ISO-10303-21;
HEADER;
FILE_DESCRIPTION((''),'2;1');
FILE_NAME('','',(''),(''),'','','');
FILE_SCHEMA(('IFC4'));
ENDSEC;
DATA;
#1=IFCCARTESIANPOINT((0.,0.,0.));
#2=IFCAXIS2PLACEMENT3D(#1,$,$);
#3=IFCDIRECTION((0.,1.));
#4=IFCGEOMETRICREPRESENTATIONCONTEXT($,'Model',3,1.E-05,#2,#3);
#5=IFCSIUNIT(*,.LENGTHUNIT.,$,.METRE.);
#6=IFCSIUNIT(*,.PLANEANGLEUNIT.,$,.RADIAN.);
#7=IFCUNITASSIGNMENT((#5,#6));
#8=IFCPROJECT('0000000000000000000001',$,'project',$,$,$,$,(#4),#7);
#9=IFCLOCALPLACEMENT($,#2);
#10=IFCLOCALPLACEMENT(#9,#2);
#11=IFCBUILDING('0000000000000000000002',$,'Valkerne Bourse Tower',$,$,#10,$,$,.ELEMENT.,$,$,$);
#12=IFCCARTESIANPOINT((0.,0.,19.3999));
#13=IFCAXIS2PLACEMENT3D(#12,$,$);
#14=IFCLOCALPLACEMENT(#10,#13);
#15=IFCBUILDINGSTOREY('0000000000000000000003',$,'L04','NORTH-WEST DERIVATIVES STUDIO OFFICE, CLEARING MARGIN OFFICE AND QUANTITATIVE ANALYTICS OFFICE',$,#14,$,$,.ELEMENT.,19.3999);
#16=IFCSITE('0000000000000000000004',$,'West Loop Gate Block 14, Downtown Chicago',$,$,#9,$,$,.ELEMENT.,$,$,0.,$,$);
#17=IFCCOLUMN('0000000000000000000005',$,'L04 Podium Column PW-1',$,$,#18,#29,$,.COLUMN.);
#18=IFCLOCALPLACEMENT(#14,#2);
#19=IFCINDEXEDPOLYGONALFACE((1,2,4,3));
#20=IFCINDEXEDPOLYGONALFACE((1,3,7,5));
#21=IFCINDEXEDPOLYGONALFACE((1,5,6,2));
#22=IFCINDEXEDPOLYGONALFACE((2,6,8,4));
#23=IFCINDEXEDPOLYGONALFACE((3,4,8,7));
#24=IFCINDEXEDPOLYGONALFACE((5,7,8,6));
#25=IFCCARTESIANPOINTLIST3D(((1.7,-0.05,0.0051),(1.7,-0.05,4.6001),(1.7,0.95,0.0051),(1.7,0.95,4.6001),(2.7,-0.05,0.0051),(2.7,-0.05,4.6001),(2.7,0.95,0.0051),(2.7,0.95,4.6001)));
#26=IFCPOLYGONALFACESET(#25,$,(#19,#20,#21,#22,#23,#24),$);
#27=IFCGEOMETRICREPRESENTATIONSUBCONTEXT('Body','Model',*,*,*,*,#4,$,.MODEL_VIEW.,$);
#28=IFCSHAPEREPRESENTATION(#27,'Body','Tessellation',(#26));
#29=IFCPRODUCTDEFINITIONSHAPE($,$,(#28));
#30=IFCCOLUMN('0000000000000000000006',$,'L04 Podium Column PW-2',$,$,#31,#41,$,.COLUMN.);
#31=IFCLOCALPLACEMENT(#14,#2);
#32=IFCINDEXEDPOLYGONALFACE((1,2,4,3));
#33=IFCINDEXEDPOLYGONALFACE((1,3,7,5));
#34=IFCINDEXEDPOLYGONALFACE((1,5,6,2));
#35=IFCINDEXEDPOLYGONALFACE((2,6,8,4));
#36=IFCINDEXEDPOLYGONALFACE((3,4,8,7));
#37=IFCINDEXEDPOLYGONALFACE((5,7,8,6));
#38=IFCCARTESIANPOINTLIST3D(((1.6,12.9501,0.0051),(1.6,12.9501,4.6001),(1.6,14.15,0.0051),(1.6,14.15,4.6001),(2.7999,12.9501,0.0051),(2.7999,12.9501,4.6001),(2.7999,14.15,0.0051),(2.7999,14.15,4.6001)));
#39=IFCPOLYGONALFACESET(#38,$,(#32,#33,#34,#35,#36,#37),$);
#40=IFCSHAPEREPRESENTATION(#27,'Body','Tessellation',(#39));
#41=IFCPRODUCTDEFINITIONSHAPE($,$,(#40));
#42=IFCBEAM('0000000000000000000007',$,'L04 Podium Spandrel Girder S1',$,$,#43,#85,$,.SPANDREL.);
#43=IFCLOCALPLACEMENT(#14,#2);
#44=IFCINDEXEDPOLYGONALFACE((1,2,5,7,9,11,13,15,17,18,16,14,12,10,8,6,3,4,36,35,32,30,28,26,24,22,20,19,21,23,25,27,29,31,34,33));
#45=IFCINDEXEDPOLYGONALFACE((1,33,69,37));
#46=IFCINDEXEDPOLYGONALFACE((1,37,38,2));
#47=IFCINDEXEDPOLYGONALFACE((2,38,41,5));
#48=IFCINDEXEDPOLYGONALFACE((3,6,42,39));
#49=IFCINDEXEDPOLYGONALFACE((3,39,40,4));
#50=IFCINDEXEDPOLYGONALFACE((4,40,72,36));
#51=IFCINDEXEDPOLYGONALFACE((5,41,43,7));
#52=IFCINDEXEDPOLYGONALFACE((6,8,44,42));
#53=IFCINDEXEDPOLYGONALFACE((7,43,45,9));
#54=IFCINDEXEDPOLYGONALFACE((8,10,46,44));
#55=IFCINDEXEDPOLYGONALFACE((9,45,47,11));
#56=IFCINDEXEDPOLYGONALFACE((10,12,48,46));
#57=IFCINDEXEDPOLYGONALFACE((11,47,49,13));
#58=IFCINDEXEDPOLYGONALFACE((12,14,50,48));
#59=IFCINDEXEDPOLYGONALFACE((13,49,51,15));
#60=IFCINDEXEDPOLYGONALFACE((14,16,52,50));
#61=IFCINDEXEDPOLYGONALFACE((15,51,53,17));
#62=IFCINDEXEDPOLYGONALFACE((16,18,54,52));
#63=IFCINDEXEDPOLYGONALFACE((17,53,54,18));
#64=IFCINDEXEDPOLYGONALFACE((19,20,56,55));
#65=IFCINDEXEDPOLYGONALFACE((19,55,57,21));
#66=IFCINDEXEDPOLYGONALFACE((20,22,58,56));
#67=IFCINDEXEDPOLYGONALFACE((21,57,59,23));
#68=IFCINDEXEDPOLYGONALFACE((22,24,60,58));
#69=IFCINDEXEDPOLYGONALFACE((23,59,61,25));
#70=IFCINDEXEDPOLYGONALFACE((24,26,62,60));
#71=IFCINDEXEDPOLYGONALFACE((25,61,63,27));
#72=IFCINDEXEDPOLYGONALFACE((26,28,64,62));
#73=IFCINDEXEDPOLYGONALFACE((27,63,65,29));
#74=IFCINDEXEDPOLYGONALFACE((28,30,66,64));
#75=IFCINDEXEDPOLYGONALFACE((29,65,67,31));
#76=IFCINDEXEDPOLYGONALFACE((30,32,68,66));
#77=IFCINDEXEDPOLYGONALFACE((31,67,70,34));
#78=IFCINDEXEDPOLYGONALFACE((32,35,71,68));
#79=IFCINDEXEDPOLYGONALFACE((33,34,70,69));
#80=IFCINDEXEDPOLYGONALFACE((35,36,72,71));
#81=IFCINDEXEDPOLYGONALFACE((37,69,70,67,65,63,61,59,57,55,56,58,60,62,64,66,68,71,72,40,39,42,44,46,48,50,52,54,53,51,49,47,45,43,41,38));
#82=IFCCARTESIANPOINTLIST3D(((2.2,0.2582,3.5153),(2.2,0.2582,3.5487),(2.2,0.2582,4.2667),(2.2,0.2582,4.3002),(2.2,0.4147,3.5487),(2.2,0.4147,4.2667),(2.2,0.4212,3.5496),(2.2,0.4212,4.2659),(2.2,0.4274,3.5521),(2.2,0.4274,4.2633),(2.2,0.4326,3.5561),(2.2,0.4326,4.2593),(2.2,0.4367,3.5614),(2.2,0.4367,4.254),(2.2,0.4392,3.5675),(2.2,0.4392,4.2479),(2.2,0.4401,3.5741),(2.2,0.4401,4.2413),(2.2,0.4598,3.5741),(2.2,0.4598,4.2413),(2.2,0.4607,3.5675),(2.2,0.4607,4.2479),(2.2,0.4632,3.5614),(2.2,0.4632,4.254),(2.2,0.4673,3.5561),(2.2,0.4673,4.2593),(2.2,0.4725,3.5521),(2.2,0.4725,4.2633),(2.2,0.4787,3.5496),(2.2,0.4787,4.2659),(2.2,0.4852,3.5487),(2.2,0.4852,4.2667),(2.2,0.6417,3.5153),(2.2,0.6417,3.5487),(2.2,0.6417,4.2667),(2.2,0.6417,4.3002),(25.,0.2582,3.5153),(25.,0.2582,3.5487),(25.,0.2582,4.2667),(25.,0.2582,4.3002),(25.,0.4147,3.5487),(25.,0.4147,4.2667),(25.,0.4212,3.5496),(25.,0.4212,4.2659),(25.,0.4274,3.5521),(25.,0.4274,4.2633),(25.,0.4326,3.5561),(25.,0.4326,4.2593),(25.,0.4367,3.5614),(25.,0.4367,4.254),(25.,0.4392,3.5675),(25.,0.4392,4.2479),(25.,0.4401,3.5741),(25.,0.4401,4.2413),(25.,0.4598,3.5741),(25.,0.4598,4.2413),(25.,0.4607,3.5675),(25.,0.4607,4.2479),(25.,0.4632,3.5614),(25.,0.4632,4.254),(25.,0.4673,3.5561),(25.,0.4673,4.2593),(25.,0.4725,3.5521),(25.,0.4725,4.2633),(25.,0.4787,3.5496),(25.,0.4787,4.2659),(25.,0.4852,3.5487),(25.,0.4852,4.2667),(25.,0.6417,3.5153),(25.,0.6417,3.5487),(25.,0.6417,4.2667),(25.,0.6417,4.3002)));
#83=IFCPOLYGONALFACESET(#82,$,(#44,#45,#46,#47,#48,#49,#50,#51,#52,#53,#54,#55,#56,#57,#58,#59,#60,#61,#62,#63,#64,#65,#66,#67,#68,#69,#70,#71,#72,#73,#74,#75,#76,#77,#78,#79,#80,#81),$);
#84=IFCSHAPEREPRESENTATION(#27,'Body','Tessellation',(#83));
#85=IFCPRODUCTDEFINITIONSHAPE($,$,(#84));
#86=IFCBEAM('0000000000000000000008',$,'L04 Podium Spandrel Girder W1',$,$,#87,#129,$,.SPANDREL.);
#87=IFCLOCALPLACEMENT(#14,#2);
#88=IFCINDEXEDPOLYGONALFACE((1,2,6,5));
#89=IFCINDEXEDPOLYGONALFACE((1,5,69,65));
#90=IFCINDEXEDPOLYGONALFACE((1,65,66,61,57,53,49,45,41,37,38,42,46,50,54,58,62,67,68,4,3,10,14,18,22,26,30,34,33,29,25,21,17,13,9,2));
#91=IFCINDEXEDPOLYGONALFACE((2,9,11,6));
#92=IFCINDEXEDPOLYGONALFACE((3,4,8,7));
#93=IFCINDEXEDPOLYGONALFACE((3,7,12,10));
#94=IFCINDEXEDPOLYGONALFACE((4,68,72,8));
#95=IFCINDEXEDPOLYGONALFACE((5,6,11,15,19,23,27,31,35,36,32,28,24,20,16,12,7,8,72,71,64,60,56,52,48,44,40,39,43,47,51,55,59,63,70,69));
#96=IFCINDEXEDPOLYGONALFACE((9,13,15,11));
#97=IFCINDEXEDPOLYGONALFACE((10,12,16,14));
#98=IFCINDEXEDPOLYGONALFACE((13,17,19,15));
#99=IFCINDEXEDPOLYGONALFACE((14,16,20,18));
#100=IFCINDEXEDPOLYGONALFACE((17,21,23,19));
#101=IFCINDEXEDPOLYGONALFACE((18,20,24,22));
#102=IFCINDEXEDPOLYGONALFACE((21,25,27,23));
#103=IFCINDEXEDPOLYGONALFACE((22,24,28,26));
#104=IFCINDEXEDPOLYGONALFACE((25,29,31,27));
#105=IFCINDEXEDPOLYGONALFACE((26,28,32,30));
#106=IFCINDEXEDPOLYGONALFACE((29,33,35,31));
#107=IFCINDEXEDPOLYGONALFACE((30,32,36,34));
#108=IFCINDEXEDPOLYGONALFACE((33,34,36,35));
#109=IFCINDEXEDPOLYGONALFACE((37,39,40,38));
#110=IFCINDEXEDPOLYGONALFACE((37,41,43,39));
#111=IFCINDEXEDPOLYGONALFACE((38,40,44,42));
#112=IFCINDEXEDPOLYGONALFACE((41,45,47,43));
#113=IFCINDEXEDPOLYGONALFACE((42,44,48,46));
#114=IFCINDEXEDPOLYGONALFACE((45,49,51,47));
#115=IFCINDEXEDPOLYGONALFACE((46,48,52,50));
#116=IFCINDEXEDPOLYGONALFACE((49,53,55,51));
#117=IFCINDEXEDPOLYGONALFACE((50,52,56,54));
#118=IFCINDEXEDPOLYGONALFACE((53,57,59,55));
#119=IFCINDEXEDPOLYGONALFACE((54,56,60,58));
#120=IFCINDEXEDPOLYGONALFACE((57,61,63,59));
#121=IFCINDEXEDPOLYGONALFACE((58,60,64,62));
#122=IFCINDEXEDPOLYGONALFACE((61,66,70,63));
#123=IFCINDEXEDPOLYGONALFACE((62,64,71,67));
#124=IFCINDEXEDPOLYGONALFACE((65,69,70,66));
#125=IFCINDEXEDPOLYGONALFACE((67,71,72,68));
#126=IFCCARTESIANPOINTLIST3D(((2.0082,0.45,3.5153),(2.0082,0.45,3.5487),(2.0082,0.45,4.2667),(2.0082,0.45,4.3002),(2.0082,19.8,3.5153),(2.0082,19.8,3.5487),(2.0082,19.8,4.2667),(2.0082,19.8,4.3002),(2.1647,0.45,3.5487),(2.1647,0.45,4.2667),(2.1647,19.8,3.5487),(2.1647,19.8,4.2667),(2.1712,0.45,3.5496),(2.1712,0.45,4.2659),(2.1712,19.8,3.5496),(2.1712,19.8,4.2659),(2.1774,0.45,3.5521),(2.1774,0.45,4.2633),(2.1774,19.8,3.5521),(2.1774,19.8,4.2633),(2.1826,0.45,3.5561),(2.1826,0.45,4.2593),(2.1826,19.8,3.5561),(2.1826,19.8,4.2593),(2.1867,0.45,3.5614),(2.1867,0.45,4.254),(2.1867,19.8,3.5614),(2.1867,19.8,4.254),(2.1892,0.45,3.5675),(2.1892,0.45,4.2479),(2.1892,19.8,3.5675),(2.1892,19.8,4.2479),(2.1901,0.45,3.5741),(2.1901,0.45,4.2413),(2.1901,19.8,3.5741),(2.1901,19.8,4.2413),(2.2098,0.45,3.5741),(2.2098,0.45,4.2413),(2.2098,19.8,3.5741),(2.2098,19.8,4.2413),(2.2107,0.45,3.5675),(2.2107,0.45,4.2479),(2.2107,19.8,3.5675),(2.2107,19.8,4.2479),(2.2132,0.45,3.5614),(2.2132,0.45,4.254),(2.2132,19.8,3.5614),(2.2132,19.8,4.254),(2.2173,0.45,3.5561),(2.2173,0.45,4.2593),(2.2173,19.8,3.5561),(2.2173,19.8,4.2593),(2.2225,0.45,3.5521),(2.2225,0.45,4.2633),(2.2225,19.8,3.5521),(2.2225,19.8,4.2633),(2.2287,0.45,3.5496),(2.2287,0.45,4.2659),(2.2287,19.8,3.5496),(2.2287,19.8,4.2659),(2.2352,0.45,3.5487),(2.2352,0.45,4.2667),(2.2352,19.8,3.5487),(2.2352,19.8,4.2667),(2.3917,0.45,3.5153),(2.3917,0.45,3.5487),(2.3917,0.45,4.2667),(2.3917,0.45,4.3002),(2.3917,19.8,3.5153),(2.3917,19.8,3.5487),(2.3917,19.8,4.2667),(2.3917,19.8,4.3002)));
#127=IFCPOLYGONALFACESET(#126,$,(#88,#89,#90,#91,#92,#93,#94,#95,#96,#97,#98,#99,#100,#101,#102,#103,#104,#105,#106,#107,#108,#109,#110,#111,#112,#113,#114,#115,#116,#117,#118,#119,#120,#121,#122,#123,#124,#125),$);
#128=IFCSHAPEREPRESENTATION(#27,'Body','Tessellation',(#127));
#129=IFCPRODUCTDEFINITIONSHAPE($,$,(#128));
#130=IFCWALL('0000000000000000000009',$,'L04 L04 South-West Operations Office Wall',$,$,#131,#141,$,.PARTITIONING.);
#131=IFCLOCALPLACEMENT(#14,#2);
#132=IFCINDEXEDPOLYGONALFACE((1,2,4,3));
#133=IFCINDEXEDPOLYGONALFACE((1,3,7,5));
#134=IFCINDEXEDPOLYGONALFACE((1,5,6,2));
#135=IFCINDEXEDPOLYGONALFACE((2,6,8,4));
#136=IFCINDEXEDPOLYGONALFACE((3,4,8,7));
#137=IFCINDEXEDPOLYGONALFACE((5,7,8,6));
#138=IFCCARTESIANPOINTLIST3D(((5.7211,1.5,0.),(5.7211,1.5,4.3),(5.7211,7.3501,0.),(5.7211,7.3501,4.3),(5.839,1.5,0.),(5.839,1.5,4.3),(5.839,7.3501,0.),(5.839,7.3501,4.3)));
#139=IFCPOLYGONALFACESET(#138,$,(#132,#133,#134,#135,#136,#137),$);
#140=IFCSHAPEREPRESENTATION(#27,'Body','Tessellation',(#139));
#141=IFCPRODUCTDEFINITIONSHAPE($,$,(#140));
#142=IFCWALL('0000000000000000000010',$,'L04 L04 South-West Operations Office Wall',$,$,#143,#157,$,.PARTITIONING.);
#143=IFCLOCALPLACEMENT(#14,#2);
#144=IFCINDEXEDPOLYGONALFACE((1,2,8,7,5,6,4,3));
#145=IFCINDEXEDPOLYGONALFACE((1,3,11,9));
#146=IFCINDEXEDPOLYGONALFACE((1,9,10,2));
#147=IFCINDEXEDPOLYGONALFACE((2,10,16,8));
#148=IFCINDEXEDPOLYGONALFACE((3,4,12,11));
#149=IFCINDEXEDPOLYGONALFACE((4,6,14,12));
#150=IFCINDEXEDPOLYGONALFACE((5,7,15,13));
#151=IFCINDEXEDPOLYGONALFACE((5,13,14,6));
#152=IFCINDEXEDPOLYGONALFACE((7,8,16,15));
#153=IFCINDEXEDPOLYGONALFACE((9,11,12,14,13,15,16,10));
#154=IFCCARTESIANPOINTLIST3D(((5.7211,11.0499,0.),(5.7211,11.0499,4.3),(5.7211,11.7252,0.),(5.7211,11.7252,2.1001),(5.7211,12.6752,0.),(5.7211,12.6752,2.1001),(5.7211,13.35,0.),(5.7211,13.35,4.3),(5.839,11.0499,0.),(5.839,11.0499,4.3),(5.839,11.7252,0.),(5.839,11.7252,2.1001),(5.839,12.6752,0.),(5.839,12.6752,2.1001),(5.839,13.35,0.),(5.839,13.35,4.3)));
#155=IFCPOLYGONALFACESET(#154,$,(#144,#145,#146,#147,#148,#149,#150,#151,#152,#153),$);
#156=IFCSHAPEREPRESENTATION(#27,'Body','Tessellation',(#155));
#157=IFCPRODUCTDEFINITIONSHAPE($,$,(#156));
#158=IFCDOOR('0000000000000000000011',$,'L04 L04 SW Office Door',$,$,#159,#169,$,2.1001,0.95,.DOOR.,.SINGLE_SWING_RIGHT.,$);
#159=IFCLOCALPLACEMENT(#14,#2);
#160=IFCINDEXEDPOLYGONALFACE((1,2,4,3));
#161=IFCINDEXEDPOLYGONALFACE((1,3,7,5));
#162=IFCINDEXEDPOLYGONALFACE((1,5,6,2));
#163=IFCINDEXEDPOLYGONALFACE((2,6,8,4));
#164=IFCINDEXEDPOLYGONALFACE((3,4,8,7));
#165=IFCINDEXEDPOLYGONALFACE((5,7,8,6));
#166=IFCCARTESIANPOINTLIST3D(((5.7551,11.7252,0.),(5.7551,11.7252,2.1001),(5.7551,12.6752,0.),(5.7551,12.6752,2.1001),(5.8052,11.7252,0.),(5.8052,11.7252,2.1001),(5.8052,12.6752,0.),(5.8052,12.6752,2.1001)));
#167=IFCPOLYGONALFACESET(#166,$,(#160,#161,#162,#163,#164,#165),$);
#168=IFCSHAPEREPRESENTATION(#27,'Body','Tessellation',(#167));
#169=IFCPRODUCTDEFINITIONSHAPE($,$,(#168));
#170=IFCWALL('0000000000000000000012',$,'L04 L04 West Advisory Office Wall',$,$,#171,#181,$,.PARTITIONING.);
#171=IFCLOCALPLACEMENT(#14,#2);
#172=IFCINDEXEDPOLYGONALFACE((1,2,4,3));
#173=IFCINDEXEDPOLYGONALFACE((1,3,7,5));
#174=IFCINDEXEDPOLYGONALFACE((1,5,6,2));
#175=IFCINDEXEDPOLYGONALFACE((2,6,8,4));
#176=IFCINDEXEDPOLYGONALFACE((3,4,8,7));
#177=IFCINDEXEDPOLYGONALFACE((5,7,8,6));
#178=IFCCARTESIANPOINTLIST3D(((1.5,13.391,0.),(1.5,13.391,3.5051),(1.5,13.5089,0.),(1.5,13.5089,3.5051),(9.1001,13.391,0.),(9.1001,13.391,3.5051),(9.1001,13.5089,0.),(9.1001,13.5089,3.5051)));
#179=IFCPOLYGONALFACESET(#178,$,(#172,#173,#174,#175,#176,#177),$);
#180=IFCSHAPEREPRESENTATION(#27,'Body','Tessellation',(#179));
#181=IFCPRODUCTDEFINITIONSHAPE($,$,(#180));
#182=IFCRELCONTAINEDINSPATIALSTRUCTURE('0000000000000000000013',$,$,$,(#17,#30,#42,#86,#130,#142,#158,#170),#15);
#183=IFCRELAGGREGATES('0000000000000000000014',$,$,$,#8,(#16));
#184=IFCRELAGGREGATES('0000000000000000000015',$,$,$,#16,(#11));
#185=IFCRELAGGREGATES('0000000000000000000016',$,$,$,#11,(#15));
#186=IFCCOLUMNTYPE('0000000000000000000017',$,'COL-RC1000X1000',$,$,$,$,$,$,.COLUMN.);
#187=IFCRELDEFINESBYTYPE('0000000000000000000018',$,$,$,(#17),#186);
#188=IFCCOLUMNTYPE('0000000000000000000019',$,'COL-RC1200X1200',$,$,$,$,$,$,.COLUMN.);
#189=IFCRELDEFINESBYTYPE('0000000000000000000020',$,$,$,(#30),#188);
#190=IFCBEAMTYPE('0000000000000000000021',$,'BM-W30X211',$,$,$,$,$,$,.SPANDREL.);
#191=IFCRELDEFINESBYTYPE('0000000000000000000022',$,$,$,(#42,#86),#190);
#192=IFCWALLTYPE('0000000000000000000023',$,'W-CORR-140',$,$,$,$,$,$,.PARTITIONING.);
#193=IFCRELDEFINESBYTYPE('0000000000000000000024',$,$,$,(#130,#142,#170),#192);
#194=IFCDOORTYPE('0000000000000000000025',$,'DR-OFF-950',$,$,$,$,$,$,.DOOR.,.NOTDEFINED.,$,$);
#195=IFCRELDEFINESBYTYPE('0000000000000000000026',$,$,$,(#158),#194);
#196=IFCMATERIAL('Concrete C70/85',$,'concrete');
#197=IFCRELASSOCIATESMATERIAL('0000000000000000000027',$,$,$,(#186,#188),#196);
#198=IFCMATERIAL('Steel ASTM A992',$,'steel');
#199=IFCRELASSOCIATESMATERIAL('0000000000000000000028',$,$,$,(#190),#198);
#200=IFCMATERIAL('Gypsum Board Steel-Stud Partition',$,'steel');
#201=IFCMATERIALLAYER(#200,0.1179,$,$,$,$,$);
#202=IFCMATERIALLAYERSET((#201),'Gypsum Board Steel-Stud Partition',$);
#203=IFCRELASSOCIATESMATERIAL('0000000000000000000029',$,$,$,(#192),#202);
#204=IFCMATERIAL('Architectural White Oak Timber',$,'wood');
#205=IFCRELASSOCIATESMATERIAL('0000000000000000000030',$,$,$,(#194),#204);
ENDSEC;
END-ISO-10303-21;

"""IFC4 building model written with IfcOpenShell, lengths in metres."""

from ifc_helpers import new_model, si_unit, direction, frame, frame_2d, origin, origin_2d, place, context, subcontext, project, spatial, rectangle, i_section, extrude, material, layer, layer_set, material_profile, profile_set, type_object, element, fill, save


model = new_model("IFC4")

# Units and contexts
model_context = context("Model", 3, precision=1e-05, world=origin(), true_north=direction((0.0, 1.0)))
body_context = subcontext(model_context, "Body", "Model", "MODEL_VIEW")
ifc_project = project(units=[si_unit("LENGTHUNIT", "METRE"), si_unit("PLANEANGLEUNIT", "RADIAN")], contexts=[model_context])

# Site, building, storey
site_placement = place(None, origin())
site = spatial("IfcSite", under=ifc_project, at=site_placement, Name="West Loop Gate Block 14, Downtown Chicago", CompositionType="ELEMENT", RefElevation=0.0)
building_placement = place(site_placement, origin())
building = spatial("IfcBuilding", under=site, at=building_placement, Name="Valkerne Bourse Tower", CompositionType="ELEMENT")
storey_placement = place(building_placement, frame((0.0, 0.0, 19.3999)))
storey = spatial("IfcBuildingStorey", under=building, at=storey_placement, Name="L04", Description="NORTH-WEST DERIVATIVES STUDIO OFFICE, CLEARING MARGIN OFFICE AND QUANTITATIVE ANALYTICS OFFICE", CompositionType="ELEMENT", Elevation=19.3999)

# Columns
ifc_material_1 = material(Name="Concrete C70/85", Category="concrete")
ifc_material_profile_1 = material_profile(ifc_material_1, rectangle(XDim=1.0, YDim=1.0, at=origin_2d()), Name="RC1000X1000")
ifc_profile_set_1 = profile_set([ifc_material_profile_1], Name="Concrete C70/85")
column_type_1 = type_object("IfcColumnType", Name="COL-RC1000X1000", PredefinedType="COLUMN", material=ifc_profile_set_1)
column_1_placement = place(storey_placement, frame((2.2, 0.45, 0.0051), z_axis=(0.0, 0.0, 1.0), x_axis=(1.0, 0.0, 0.0)))
element("IfcColumn", 1, at=column_1_placement, inside=storey, type_object=column_type_1, Name="L04 Podium Column PW-1", PredefinedType="COLUMN", context=body_context, shape_type="SweptSolid", body=[
    extrude(rectangle(XDim=1.0, YDim=1.0, at=origin_2d()), origin(), (0.0, 0.0, 1.0), 4.595),
])
ifc_material_profile_2 = material_profile(ifc_material_1, rectangle(XDim=1.2, YDim=1.2, at=origin_2d()), Name="RC1200X1200")
ifc_profile_set_2 = profile_set([ifc_material_profile_2], Name="Concrete C70/85")
column_type_2 = type_object("IfcColumnType", Name="COL-RC1200X1200", PredefinedType="COLUMN", material=ifc_profile_set_2)
column_2_placement = place(storey_placement, frame((2.2, 13.55, 0.0051), z_axis=(0.0, 0.0, 1.0), x_axis=(1.0, 0.0, 0.0)))
element("IfcColumn", 2, at=column_2_placement, inside=storey, type_object=column_type_2, Name="L04 Podium Column PW-2", PredefinedType="COLUMN", context=body_context, shape_type="SweptSolid", body=[
    extrude(rectangle(XDim=1.2, YDim=1.2, at=origin_2d()), origin(), (0.0, 0.0, 1.0), 4.595),
])

# Beams
ifc_material_2 = material(Name="Steel ASTM A992", Category="steel")
ifc_material_profile_3 = material_profile(ifc_material_2, i_section(OverallWidth=0.3835, OverallDepth=0.7849, WebThickness=0.0198, FlangeThickness=0.0334, FilletRadius=0.0254, at=origin_2d()), Name="W30X211")
ifc_profile_set_3 = profile_set([ifc_material_profile_3], Name="Steel ASTM A992")
beam_type = type_object("IfcBeamType", Name="BM-W30X211", PredefinedType="SPANDREL", material=ifc_profile_set_3)
beam_1_placement = place(storey_placement, frame((2.2, 0.45, 3.9077), z_axis=(1.0, 0.0, 0.0), x_axis=(0.0, 1.0, 0.0)))
element("IfcBeam", 3, at=beam_1_placement, inside=storey, type_object=beam_type, Name="L04 Podium Spandrel Girder S1", PredefinedType="SPANDREL", context=body_context, shape_type="SweptSolid", body=[
    extrude(i_section(OverallWidth=0.3835, OverallDepth=0.7849, WebThickness=0.0198, FlangeThickness=0.0334, FilletRadius=0.0254, at=origin_2d()), origin(), (0.0, 0.0, 1.0), 22.8),
])
beam_2_placement = place(storey_placement, frame((2.2, 0.45, 3.9077), z_axis=(0.0, 1.0, 0.0), x_axis=(-1.0, 0.0, 0.0)))
element("IfcBeam", 4, at=beam_2_placement, inside=storey, type_object=beam_type, Name="L04 Podium Spandrel Girder W1", PredefinedType="SPANDREL", context=body_context, shape_type="SweptSolid", body=[
    extrude(i_section(OverallWidth=0.3835, OverallDepth=0.7849, WebThickness=0.0198, FlangeThickness=0.0334, FilletRadius=0.0254, at=origin_2d()), origin(), (0.0, 0.0, 1.0), 19.3501),
])

# Wall
ifc_material_3 = material(Name="Gypsum Board Steel-Stud Partition", Category="steel")
ifc_layer_1 = layer(ifc_material_3, 0.1179)
ifc_layer_set_1 = layer_set([ifc_layer_1], Name="Gypsum Board Steel-Stud Partition")
wall_type_1 = type_object("IfcWallType", Name="W-CORR-140", PredefinedType="PARTITIONING", material=ifc_layer_set_1)
wall_1_placement = place(storey_placement, frame((5.78, 1.5, 0.0), z_axis=(0.0, 0.0, 1.0), x_axis=(0.0, 1.0, 0.0)))
element("IfcWall", 5, at=wall_1_placement, inside=storey, type_object=wall_type_1, Name="L04 L04 South-West Operations Office Wall", PredefinedType="PARTITIONING", context=body_context, shape_type="SweptSolid", body=[
    extrude(rectangle(XDim=5.8501, YDim=0.1179, at=frame_2d((2.925, 0.0))), origin(), (0.0, 0.0, 1.0), 4.3),
])

# Wall, opening, door
wall_2_placement = place(storey_placement, frame((5.78, 11.05, 0.0), z_axis=(0.0, 0.0, 1.0), x_axis=(0.0, 1.0, 0.0)))
wall_2 = element("IfcWall", 6, at=wall_2_placement, inside=storey, type_object=wall_type_1, Name="L04 L04 South-West Operations Office Wall", PredefinedType="PARTITIONING", context=body_context, shape_type="SweptSolid", body=[
    extrude(rectangle(XDim=2.3, YDim=0.1179, at=frame_2d((1.1499, 0.0))), origin(), (0.0, 0.0, 1.0), 4.3),
])
opening_1_placement = place(wall_2_placement, frame((0.675, 0.0, 0.0)))
opening_1 = element("IfcOpeningElement", 7, at=opening_1_placement, cuts=wall_2, PredefinedType="OPENING", context=body_context, shape_type="SweptSolid", body=[
    extrude(rectangle(XDim=0.95, YDim=2.1001, at=frame_2d((0.4751, 1.05))), frame((0.0, 0.0688, 0.0), z_axis=(0.0, -1.0, 0.0), x_axis=(1.0, 0.0, 0.0)), (0.0, 0.0, 1.0), 0.1379),
])
ifc_material_4 = material(Name="Architectural White Oak Timber", Category="wood")
door_type_1 = type_object("IfcDoorType", Name="DR-OFF-950", OperationType="NOTDEFINED", PredefinedType="DOOR", material=ifc_material_4)
door_1_placement = place(opening_1_placement, origin())
door_1 = element("IfcDoor", 8, at=door_1_placement, inside=storey, type_object=door_type_1, Name="L04 L04 SW Office Door", OperationType="SINGLE_SWING_RIGHT", OverallHeight=2.1001, OverallWidth=0.95, PredefinedType="DOOR", context=body_context, shape_type="SweptSolid", body=[
    extrude(rectangle(XDim=0.95, YDim=2.1001, at=frame_2d((0.4751, 1.05))), frame((0.0, 0.0249, 0.0), z_axis=(0.0, -1.0, 0.0), x_axis=(1.0, 0.0, 0.0)), (0.0, 0.0, 1.0), 0.05),
])
fill(opening_1, door_1)

# Wall
wall_3_placement = place(storey_placement, frame((1.5, 13.45, 0.0), z_axis=(0.0, 0.0, 1.0), x_axis=(1.0, 0.0, 0.0)))
element("IfcWall", 9, at=wall_3_placement, inside=storey, type_object=wall_type_1, Name="L04 L04 West Advisory Office Wall", PredefinedType="PARTITIONING", context=body_context, shape_type="SweptSolid", body=[
    extrude(rectangle(XDim=7.6001, YDim=0.1179, at=frame_2d((3.8, 0.0))), origin(), (0.0, 0.0, 1.0), 3.5051),
])

save(model, "model.ifc")
